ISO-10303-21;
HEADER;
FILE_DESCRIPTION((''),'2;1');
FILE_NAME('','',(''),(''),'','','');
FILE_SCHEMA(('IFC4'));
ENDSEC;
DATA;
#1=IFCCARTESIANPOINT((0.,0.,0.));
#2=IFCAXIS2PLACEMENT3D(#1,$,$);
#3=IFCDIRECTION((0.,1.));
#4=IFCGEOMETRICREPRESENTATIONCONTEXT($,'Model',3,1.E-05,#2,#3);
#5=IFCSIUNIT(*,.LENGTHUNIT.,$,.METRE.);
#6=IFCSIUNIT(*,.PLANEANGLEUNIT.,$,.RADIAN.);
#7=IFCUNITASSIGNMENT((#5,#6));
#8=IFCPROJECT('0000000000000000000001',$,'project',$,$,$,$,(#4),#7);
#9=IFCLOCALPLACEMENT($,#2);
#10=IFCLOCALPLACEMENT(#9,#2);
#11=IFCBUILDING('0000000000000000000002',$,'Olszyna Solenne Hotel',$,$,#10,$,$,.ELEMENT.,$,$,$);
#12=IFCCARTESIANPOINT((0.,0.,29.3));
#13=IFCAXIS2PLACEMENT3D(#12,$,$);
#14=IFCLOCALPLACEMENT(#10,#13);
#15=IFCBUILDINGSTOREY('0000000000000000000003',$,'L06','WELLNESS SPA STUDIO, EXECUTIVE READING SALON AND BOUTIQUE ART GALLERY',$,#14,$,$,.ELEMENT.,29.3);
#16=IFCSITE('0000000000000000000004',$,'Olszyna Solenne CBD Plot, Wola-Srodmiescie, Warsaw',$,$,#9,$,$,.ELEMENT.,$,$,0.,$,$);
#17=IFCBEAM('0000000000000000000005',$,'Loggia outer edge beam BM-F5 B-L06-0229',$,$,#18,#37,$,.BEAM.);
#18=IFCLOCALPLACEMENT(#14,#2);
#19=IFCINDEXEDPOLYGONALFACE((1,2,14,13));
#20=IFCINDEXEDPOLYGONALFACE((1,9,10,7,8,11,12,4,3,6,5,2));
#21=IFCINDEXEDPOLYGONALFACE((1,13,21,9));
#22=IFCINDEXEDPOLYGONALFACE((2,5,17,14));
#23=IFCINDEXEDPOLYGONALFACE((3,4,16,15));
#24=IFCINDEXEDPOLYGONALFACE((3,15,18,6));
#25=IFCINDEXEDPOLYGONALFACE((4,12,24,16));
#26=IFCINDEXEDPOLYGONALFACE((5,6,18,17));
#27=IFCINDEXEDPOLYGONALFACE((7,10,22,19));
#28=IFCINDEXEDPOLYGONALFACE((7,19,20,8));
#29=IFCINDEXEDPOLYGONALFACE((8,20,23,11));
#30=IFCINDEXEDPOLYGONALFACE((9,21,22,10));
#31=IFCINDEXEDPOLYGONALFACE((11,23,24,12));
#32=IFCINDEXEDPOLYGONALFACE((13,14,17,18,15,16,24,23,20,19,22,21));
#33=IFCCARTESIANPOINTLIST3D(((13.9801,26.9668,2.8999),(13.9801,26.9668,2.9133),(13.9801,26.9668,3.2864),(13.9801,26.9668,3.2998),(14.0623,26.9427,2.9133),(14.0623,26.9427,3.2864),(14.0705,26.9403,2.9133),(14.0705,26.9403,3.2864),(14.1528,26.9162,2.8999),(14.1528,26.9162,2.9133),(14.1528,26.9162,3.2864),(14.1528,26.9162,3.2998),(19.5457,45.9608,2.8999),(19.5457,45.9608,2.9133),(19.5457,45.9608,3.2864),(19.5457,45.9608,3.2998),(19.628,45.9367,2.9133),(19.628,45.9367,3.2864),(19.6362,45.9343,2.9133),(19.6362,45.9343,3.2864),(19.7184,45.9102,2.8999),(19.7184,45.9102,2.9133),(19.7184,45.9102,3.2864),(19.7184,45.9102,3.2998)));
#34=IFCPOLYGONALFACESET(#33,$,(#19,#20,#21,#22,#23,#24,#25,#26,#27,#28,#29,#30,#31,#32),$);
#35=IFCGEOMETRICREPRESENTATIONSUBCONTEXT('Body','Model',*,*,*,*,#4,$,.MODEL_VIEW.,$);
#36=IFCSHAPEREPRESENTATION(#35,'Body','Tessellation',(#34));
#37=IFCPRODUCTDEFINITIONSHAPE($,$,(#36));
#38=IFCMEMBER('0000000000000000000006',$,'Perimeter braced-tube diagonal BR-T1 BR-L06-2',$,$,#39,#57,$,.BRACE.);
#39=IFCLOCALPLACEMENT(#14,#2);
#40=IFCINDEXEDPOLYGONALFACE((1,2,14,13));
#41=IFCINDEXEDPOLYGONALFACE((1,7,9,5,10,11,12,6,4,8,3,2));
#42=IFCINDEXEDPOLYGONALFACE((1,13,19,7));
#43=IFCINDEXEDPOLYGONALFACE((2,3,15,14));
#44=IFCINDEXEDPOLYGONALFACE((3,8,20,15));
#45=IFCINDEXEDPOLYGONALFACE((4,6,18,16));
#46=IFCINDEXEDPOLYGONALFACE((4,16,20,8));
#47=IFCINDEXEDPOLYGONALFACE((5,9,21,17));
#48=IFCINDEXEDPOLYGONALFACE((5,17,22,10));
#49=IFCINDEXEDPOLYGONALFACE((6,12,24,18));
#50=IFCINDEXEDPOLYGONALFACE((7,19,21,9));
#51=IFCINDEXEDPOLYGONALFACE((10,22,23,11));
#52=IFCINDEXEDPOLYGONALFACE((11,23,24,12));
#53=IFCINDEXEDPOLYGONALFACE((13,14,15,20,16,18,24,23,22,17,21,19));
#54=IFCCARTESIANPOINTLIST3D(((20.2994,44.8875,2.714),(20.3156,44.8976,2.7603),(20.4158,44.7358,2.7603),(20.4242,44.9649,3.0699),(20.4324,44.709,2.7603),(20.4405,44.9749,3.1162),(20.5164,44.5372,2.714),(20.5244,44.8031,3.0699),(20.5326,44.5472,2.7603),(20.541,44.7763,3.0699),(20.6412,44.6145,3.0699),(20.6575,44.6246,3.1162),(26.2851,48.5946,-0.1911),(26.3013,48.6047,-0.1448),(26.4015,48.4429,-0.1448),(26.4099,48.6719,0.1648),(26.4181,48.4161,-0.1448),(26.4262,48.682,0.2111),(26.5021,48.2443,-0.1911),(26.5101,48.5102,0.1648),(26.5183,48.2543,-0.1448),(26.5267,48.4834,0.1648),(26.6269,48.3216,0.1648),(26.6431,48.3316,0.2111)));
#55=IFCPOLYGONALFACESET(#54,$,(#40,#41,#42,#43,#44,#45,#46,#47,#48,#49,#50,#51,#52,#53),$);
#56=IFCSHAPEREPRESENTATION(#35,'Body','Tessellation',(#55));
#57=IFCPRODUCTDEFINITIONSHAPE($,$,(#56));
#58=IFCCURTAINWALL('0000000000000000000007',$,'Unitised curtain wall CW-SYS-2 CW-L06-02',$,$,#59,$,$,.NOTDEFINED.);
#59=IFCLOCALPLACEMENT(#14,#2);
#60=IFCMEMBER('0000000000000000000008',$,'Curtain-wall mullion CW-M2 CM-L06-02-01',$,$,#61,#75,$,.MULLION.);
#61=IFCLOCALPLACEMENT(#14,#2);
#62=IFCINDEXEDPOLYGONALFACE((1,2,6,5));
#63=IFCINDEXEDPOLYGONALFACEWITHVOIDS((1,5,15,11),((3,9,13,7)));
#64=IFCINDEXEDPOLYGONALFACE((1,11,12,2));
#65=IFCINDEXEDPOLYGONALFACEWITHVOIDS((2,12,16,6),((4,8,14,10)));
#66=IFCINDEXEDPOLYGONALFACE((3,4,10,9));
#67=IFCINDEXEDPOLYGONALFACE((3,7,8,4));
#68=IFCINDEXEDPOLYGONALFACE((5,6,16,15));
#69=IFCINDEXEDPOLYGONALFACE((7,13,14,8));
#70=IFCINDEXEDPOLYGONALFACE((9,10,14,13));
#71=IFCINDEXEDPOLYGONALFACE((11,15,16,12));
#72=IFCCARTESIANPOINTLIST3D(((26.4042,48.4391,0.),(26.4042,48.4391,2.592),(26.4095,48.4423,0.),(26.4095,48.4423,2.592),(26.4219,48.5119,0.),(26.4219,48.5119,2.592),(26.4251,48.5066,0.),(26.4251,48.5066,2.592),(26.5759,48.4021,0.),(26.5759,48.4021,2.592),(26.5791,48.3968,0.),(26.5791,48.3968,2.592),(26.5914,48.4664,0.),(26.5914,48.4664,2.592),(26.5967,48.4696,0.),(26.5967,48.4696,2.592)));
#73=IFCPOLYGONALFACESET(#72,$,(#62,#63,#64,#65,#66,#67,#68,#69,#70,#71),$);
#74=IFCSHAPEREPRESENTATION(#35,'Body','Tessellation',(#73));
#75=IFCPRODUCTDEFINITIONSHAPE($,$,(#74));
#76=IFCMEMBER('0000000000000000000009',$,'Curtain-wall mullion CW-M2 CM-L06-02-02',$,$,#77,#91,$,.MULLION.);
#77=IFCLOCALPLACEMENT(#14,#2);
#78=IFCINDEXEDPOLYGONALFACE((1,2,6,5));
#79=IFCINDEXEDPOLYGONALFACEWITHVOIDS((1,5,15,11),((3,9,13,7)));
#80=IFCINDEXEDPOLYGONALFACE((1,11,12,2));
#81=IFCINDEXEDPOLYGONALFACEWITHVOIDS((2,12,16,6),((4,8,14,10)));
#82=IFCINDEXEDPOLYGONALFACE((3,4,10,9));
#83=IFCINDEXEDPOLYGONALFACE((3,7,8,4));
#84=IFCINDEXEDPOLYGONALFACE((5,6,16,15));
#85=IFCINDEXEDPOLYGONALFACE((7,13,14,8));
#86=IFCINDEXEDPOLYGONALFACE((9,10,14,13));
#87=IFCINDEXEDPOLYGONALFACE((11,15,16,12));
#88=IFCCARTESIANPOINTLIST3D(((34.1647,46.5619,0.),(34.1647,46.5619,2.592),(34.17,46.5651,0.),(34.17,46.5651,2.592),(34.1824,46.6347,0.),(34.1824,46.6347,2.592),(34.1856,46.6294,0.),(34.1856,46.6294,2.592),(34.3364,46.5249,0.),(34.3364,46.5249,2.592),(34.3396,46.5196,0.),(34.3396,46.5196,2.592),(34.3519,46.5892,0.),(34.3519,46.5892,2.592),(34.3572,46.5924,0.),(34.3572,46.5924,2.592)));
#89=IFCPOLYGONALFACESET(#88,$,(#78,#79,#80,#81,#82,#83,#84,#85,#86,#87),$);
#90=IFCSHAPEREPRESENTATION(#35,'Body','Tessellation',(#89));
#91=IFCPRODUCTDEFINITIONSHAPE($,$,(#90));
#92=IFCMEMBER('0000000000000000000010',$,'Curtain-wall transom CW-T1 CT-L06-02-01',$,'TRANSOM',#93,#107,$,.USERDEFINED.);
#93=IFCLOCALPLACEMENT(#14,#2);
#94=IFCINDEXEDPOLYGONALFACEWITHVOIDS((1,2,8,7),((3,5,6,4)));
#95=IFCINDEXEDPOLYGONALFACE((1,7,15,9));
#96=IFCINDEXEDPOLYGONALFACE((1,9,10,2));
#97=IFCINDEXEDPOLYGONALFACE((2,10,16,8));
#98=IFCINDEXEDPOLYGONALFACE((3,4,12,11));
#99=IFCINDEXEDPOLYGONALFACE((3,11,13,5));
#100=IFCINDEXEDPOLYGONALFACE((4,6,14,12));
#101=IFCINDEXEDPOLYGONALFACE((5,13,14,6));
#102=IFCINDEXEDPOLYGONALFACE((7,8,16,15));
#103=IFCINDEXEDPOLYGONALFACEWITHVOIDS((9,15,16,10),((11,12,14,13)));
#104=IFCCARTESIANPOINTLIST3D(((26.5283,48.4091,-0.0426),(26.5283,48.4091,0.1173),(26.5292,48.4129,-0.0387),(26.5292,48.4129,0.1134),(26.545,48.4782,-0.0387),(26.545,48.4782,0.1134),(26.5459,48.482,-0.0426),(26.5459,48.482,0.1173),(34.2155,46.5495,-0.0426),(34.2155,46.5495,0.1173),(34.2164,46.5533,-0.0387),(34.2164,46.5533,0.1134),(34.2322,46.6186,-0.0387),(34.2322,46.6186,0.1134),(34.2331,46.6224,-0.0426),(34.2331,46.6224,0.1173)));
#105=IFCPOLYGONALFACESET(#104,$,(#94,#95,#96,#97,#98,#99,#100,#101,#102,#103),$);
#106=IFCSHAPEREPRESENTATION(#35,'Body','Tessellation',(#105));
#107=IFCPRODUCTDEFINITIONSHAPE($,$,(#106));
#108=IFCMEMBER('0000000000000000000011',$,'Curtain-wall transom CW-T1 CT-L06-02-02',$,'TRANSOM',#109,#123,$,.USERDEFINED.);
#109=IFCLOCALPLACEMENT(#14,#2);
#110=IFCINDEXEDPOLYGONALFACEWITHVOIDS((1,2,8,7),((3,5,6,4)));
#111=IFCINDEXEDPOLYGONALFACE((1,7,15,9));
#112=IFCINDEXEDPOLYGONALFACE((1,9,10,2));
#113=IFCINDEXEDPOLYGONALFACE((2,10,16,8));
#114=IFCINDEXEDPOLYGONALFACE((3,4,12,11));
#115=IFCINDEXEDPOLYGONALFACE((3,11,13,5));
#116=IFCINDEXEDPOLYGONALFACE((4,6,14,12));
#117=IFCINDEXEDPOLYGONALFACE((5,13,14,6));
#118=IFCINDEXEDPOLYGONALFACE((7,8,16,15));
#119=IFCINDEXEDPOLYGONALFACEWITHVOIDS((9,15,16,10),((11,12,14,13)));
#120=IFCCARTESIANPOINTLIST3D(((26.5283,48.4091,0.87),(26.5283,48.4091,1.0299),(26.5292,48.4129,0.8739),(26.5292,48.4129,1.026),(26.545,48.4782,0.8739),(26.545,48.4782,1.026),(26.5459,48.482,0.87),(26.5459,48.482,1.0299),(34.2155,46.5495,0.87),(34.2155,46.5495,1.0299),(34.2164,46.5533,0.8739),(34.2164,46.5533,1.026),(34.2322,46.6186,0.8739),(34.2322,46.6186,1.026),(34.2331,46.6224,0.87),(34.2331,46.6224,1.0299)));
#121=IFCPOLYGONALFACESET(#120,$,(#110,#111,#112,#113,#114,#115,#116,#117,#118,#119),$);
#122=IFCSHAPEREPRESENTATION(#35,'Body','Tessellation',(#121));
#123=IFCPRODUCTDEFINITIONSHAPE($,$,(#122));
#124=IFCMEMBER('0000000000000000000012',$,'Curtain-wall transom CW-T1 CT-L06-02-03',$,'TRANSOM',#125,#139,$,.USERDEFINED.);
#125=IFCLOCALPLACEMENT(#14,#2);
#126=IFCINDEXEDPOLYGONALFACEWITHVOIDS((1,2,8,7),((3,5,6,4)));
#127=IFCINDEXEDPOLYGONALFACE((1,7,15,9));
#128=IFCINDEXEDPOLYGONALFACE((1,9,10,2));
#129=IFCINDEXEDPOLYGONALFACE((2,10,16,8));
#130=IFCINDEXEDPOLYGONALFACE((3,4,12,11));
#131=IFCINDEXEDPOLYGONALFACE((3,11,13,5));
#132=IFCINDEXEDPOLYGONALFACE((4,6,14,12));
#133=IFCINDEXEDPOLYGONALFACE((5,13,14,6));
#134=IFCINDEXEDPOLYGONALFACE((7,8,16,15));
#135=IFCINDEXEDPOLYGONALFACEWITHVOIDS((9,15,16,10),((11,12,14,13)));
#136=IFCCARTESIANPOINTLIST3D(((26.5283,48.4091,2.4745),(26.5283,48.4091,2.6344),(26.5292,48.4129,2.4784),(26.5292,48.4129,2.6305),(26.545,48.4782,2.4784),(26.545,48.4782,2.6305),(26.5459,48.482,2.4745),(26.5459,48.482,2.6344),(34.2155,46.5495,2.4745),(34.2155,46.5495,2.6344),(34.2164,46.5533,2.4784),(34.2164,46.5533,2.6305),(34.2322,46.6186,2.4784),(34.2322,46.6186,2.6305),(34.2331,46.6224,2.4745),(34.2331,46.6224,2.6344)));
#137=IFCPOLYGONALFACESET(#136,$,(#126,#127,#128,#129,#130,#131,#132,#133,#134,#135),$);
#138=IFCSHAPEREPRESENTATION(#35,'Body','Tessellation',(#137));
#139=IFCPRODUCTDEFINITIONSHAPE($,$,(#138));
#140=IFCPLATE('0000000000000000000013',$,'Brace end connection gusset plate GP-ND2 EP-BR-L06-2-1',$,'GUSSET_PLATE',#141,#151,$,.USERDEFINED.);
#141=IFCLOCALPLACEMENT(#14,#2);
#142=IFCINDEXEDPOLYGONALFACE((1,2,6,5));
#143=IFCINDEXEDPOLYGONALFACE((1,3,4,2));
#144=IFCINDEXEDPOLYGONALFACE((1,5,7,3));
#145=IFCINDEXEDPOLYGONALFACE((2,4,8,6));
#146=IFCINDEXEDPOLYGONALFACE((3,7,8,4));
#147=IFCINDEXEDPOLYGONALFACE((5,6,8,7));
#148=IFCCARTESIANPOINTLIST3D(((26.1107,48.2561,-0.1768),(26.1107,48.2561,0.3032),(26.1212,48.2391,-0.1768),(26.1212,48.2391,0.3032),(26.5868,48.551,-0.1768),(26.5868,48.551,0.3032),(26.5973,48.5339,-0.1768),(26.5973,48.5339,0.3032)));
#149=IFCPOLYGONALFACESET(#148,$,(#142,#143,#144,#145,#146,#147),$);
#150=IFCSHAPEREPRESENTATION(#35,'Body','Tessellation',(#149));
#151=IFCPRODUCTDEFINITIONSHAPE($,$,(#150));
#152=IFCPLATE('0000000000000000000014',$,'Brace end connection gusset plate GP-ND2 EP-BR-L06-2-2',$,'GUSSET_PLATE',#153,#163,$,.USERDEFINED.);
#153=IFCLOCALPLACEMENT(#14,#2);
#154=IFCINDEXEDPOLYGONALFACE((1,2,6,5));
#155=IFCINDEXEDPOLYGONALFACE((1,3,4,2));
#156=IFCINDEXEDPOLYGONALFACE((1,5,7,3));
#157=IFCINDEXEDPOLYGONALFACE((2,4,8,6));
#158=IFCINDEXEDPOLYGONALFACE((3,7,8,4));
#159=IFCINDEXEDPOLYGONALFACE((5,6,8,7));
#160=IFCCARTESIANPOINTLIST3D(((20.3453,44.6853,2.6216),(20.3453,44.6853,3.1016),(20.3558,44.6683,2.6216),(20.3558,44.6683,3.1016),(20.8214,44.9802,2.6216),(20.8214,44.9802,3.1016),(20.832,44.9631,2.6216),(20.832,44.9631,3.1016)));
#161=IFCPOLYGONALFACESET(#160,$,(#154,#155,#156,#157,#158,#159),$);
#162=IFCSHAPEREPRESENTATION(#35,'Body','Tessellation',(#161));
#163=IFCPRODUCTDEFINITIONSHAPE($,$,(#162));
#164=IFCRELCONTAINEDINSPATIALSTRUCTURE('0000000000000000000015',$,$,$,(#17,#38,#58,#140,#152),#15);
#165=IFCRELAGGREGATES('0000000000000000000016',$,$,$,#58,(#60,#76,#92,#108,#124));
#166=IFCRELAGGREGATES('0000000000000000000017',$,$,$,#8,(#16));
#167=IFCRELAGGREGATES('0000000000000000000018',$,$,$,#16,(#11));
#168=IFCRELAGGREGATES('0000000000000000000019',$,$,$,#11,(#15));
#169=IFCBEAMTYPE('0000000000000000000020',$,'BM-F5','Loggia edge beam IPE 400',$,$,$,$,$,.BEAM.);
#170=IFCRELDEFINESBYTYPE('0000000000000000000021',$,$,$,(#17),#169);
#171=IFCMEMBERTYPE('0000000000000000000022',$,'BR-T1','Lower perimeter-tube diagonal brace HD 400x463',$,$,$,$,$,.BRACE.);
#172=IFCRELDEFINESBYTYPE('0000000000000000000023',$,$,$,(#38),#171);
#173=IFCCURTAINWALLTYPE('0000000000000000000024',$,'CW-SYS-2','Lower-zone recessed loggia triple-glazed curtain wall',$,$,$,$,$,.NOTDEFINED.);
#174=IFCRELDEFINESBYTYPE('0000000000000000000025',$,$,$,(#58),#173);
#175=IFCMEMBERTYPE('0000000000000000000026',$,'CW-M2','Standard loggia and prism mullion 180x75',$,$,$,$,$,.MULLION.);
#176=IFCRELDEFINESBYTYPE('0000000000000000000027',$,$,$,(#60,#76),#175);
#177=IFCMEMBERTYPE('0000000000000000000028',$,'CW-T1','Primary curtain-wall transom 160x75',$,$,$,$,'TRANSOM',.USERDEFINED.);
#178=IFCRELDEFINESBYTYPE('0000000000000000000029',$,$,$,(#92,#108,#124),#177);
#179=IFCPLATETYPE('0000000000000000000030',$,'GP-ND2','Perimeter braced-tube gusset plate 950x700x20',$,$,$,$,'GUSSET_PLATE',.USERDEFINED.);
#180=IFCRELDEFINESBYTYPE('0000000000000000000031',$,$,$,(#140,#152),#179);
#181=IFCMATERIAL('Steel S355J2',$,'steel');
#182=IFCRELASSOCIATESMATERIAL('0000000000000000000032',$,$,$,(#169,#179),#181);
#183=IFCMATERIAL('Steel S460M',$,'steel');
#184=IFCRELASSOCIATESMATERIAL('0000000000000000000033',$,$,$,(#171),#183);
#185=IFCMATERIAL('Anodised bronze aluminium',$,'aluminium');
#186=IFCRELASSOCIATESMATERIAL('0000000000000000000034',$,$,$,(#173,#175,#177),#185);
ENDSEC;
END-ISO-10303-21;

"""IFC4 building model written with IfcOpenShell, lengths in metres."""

from ifc_helpers import new_model, si_unit, direction, frame, origin, origin_2d, place, context, subcontext, project, spatial, rectangle, hollow_rectangle, i_section, extrude, source, transform, mapped, material, material_profile, profile_set, type_object, element, aggregate, save


model = new_model("IFC4")

# Units and contexts
model_context = context("Model", 3, precision=1e-05, world=origin(), true_north=direction((0.0, 1.0)))
body_context = subcontext(model_context, "Body", "Model", "MODEL_VIEW")
ifc_project = project(units=[si_unit("LENGTHUNIT", "METRE"), si_unit("PLANEANGLEUNIT", "RADIAN")], contexts=[model_context])

# Site, building, storey
site_placement = place(None, origin())
site = spatial("IfcSite", under=ifc_project, at=site_placement, Name="Olszyna Solenne CBD Plot, Wola-Srodmiescie, Warsaw", CompositionType="ELEMENT", RefElevation=0.0)
building_placement = place(site_placement, origin())
building = spatial("IfcBuilding", under=site, at=building_placement, Name="Olszyna Solenne Hotel", CompositionType="ELEMENT")
storey_placement = place(building_placement, frame((0.0, 0.0, 29.3)))
storey = spatial("IfcBuildingStorey", under=building, at=storey_placement, Name="L06", Description="WELLNESS SPA STUDIO, EXECUTIVE READING SALON AND BOUTIQUE ART GALLERY", CompositionType="ELEMENT", Elevation=29.3)

# Shared definitions
ifc_material_1 = material(Name="Steel S460M", Category="steel")

# Beam
ifc_material_2 = material(Name="Steel S355J2", Category="steel")
ifc_material_profile_1 = material_profile(ifc_material_2, i_section(OverallWidth=0.1799, OverallDepth=0.3999, WebThickness=0.0085, FlangeThickness=0.0134, at=origin_2d()), Name="IPE 400", Category="load-bearing")
ifc_profile_set_1 = profile_set([ifc_material_profile_1], Name="Steel S355J2")
beam_type_1 = type_object("IfcBeamType", Name="BM-F5", Description="Loggia edge beam IPE 400", PredefinedType="BEAM", material=ifc_profile_set_1)
shared_shape_1 = source(origin(), body_context, "Body", "SweptSolid", [
    extrude(i_section(OverallWidth=0.1799, OverallDepth=0.3999, WebThickness=0.0085, FlangeThickness=0.0134, at=origin_2d()), origin(), (0.0, 0.0, 1.0), 19.7927),
])
beam_1_placement = place(storey_placement, frame((19.6321, 45.9355, 3.0999), z_axis=(-0.281197, -0.95965, 0.0), x_axis=(0.95965, -0.281197, 0.0)))
element("IfcBeam", 1, at=beam_1_placement, inside=storey, type_object=beam_type_1, Name="Loggia outer edge beam BM-F5 B-L06-0229", PredefinedType="BEAM", context=body_context, shape_type="MappedRepresentation", body=[
    mapped(shared_shape_1, transform((0.0, 0.0, 0.0), x_axis=(1.0, 0.0, 0.0), y_axis=(0.0, 1.0, 0.0), z_axis=(0.0, 0.0, 1.0), scale=1.0)),
])

# Member
ifc_material_profile_2 = material_profile(ifc_material_1, i_section(OverallWidth=0.4121, OverallDepth=0.4351, WebThickness=0.0315, FlangeThickness=0.05, at=origin_2d()), Name="HD 400x463", Category="load-bearing")
ifc_profile_set_2 = profile_set([ifc_material_profile_2], Name="Steel S460M")
member_type_1 = type_object("IfcMemberType", Name="BR-T1", Description="Lower perimeter-tube diagonal brace HD 400x463", PredefinedType="BRACE", material=ifc_profile_set_2)
shared_shape_2 = source(origin(), body_context, "Body", "SweptSolid", [
    extrude(i_section(OverallWidth=0.4121, OverallDepth=0.4351, WebThickness=0.0315, FlangeThickness=0.05, at=origin_2d()), origin(), (0.0, 0.0, 1.0), 7.6165),
])
member_1_placement = place(storey_placement, frame((26.4641, 48.4631, 0.01), z_axis=(-0.785889, -0.486721, 0.381421), x_axis=(0.526525, -0.850159, 0.0)))
element("IfcMember", 2, at=member_1_placement, inside=storey, type_object=member_type_1, Name="Perimeter braced-tube diagonal BR-T1 BR-L06-2", PredefinedType="BRACE", context=body_context, shape_type="MappedRepresentation", body=[
    mapped(shared_shape_2, transform((0.0, 0.0, 0.0), x_axis=(1.0, 0.0, 0.0), y_axis=(0.0, 1.0, 0.0), z_axis=(0.0, 0.0, 1.0), scale=1.0)),
])

# Curtain wall, members
ifc_material_3 = material(Name="Anodised bronze aluminium", Category="aluminium")
curtain_wall_type = type_object("IfcCurtainWallType", Name="CW-SYS-2", Description="Lower-zone recessed loggia triple-glazed curtain wall", PredefinedType="NOTDEFINED", material=ifc_material_3)
curtain_wall_placement = place(storey_placement, origin())
curtain_wall = element("IfcCurtainWall", 3, at=curtain_wall_placement, inside=storey, type_object=curtain_wall_type, Name="Unitised curtain wall CW-SYS-2 CW-L06-02", PredefinedType="NOTDEFINED")
ifc_material_profile_3 = material_profile(ifc_material_3, hollow_rectangle(XDim=0.075, YDim=0.1799, WallThickness=0.0044, at=origin_2d()), Name="MULL 180x75x4.5", Category="load-bearing")
ifc_profile_set_3 = profile_set([ifc_material_profile_3], Name="Anodised bronze aluminium")
member_type_2 = type_object("IfcMemberType", Name="CW-M2", Description="Standard loggia and prism mullion 180x75", PredefinedType="MULLION", material=ifc_profile_set_3)
shared_shape_3 = source(origin(), body_context, "Body", "SweptSolid", [
    extrude(hollow_rectangle(XDim=0.075, YDim=0.1799, WallThickness=0.0044, at=origin_2d()), origin(), (0.0, 0.0, 1.0), 2.592),
])
member_2_placement = place(storey_placement, frame((26.5005, 48.4543, 0.0), z_axis=(0.0, 0.0, 1.0), x_axis=(0.235108, 0.971969, 0.0)))
member_2 = element("IfcMember", 4, at=member_2_placement, type_object=member_type_2, Name="Curtain-wall mullion CW-M2 CM-L06-02-01", PredefinedType="MULLION", context=body_context, shape_type="MappedRepresentation", body=[
    mapped(shared_shape_3, transform((0.0, 0.0, 0.0), x_axis=(1.0, 0.0, 0.0), y_axis=(0.0, 1.0, 0.0), z_axis=(0.0, 0.0, 1.0), scale=1.0)),
])
member_3_placement = place(storey_placement, frame((34.261, 46.5771, 0.0), z_axis=(0.0, 0.0, 1.0), x_axis=(0.235108, 0.971969, 0.0)))
member_3 = element("IfcMember", 5, at=member_3_placement, type_object=member_type_2, Name="Curtain-wall mullion CW-M2 CM-L06-02-02", PredefinedType="MULLION", context=body_context, shape_type="MappedRepresentation", body=[
    mapped(shared_shape_3, transform((0.0, 0.0, 0.0), x_axis=(1.0, 0.0, 0.0), y_axis=(0.0, 1.0, 0.0), z_axis=(0.0, 0.0, 1.0), scale=1.0)),
])
ifc_material_profile_4 = material_profile(ifc_material_3, hollow_rectangle(XDim=0.075, YDim=0.1599, WallThickness=0.0039, at=origin_2d()), Name="TRAN 160x75x4", Category="load-bearing")
ifc_profile_set_4 = profile_set([ifc_material_profile_4], Name="Anodised bronze aluminium")
member_type_3 = type_object("IfcMemberType", Name="CW-T1", Description="Primary curtain-wall transom 160x75", ElementType="TRANSOM", PredefinedType="USERDEFINED", material=ifc_profile_set_4)
shared_shape_4 = source(origin(), body_context, "Body", "SweptSolid", [
    extrude(hollow_rectangle(XDim=0.075, YDim=0.1599, WallThickness=0.0039, at=origin_2d()), origin(), (0.0, 0.0, 1.0), 7.9089),
])
member_4_placement = place(storey_placement, frame((26.5371, 48.4456, 0.0374), z_axis=(0.971965, -0.235127, 0.0), x_axis=(0.235127, 0.971965, 0.0)))
member_4 = element("IfcMember", 6, at=member_4_placement, type_object=member_type_3, Name="Curtain-wall transom CW-T1 CT-L06-02-01", ObjectType="TRANSOM", PredefinedType="USERDEFINED", context=body_context, shape_type="MappedRepresentation", body=[
    mapped(shared_shape_4, transform((0.0, 0.0, 0.0), x_axis=(1.0, 0.0, 0.0), y_axis=(0.0, 1.0, 0.0), z_axis=(0.0, 0.0, 1.0), scale=1.0)),
])
member_5_placement = place(storey_placement, frame((26.5371, 48.4456, 0.95), z_axis=(0.971965, -0.235127, 0.0), x_axis=(0.235127, 0.971965, 0.0)))
member_5 = element("IfcMember", 7, at=member_5_placement, type_object=member_type_3, Name="Curtain-wall transom CW-T1 CT-L06-02-02", ObjectType="TRANSOM", PredefinedType="USERDEFINED", context=body_context, shape_type="MappedRepresentation", body=[
    mapped(shared_shape_4, transform((0.0, 0.0, 0.0), x_axis=(1.0, 0.0, 0.0), y_axis=(0.0, 1.0, 0.0), z_axis=(0.0, 0.0, 1.0), scale=1.0)),
])
member_6_placement = place(storey_placement, frame((26.5371, 48.4456, 2.5544), z_axis=(0.971965, -0.235127, 0.0), x_axis=(0.235127, 0.971965, 0.0)))
member_6 = element("IfcMember", 8, at=member_6_placement, type_object=member_type_3, Name="Curtain-wall transom CW-T1 CT-L06-02-03", ObjectType="TRANSOM", PredefinedType="USERDEFINED", context=body_context, shape_type="MappedRepresentation", body=[
    mapped(shared_shape_4, transform((0.0, 0.0, 0.0), x_axis=(1.0, 0.0, 0.0), y_axis=(0.0, 1.0, 0.0), z_axis=(0.0, 0.0, 1.0), scale=1.0)),
])

# Plates
plate_type_1 = type_object("IfcPlateType", Name="GP-ND2", Description="Perimeter braced-tube gusset plate 950x700x20", ElementType="GUSSET_PLATE", PredefinedType="USERDEFINED", material=ifc_material_2)
shared_shape_5 = source(origin(), body_context, "Body", "SweptSolid", [
    extrude(rectangle(XDim=0.5601, YDim=0.02, at=origin_2d()), origin(), (0.0, 0.0, 1.0), 0.48),
])
for number, where, z_axis, x_axis, name in (
    (9, (26.354, 48.395, -0.1768), (0.0, 0.0, 1.0), (-0.850168, -0.526511, 0.0), "Brace end connection gusset plate GP-ND2 EP-BR-L06-2-1"),
    (10, (20.5886, 44.8242, 2.6216), (0.0, 0.0, 1.0), (-0.850168, -0.526511, 0.0), "Brace end connection gusset plate GP-ND2 EP-BR-L06-2-2"),
):
    element("IfcPlate", number, at=place(storey_placement, frame(where, z_axis=z_axis, x_axis=x_axis)), inside=storey, type_object=plate_type_1, Name=name, ObjectType="GUSSET_PLATE", PredefinedType="USERDEFINED", context=body_context, shape_type="MappedRepresentation", body=[
        mapped(shared_shape_5, transform((0.0, 0.0, 0.0), x_axis=(1.0, 0.0, 0.0), y_axis=(0.0, 1.0, 0.0), z_axis=(0.0, 0.0, 1.0), scale=1.0)),
    ])

aggregate(curtain_wall, [member_2, member_3, member_4, member_5, member_6])

save(model, "model.ifc")
